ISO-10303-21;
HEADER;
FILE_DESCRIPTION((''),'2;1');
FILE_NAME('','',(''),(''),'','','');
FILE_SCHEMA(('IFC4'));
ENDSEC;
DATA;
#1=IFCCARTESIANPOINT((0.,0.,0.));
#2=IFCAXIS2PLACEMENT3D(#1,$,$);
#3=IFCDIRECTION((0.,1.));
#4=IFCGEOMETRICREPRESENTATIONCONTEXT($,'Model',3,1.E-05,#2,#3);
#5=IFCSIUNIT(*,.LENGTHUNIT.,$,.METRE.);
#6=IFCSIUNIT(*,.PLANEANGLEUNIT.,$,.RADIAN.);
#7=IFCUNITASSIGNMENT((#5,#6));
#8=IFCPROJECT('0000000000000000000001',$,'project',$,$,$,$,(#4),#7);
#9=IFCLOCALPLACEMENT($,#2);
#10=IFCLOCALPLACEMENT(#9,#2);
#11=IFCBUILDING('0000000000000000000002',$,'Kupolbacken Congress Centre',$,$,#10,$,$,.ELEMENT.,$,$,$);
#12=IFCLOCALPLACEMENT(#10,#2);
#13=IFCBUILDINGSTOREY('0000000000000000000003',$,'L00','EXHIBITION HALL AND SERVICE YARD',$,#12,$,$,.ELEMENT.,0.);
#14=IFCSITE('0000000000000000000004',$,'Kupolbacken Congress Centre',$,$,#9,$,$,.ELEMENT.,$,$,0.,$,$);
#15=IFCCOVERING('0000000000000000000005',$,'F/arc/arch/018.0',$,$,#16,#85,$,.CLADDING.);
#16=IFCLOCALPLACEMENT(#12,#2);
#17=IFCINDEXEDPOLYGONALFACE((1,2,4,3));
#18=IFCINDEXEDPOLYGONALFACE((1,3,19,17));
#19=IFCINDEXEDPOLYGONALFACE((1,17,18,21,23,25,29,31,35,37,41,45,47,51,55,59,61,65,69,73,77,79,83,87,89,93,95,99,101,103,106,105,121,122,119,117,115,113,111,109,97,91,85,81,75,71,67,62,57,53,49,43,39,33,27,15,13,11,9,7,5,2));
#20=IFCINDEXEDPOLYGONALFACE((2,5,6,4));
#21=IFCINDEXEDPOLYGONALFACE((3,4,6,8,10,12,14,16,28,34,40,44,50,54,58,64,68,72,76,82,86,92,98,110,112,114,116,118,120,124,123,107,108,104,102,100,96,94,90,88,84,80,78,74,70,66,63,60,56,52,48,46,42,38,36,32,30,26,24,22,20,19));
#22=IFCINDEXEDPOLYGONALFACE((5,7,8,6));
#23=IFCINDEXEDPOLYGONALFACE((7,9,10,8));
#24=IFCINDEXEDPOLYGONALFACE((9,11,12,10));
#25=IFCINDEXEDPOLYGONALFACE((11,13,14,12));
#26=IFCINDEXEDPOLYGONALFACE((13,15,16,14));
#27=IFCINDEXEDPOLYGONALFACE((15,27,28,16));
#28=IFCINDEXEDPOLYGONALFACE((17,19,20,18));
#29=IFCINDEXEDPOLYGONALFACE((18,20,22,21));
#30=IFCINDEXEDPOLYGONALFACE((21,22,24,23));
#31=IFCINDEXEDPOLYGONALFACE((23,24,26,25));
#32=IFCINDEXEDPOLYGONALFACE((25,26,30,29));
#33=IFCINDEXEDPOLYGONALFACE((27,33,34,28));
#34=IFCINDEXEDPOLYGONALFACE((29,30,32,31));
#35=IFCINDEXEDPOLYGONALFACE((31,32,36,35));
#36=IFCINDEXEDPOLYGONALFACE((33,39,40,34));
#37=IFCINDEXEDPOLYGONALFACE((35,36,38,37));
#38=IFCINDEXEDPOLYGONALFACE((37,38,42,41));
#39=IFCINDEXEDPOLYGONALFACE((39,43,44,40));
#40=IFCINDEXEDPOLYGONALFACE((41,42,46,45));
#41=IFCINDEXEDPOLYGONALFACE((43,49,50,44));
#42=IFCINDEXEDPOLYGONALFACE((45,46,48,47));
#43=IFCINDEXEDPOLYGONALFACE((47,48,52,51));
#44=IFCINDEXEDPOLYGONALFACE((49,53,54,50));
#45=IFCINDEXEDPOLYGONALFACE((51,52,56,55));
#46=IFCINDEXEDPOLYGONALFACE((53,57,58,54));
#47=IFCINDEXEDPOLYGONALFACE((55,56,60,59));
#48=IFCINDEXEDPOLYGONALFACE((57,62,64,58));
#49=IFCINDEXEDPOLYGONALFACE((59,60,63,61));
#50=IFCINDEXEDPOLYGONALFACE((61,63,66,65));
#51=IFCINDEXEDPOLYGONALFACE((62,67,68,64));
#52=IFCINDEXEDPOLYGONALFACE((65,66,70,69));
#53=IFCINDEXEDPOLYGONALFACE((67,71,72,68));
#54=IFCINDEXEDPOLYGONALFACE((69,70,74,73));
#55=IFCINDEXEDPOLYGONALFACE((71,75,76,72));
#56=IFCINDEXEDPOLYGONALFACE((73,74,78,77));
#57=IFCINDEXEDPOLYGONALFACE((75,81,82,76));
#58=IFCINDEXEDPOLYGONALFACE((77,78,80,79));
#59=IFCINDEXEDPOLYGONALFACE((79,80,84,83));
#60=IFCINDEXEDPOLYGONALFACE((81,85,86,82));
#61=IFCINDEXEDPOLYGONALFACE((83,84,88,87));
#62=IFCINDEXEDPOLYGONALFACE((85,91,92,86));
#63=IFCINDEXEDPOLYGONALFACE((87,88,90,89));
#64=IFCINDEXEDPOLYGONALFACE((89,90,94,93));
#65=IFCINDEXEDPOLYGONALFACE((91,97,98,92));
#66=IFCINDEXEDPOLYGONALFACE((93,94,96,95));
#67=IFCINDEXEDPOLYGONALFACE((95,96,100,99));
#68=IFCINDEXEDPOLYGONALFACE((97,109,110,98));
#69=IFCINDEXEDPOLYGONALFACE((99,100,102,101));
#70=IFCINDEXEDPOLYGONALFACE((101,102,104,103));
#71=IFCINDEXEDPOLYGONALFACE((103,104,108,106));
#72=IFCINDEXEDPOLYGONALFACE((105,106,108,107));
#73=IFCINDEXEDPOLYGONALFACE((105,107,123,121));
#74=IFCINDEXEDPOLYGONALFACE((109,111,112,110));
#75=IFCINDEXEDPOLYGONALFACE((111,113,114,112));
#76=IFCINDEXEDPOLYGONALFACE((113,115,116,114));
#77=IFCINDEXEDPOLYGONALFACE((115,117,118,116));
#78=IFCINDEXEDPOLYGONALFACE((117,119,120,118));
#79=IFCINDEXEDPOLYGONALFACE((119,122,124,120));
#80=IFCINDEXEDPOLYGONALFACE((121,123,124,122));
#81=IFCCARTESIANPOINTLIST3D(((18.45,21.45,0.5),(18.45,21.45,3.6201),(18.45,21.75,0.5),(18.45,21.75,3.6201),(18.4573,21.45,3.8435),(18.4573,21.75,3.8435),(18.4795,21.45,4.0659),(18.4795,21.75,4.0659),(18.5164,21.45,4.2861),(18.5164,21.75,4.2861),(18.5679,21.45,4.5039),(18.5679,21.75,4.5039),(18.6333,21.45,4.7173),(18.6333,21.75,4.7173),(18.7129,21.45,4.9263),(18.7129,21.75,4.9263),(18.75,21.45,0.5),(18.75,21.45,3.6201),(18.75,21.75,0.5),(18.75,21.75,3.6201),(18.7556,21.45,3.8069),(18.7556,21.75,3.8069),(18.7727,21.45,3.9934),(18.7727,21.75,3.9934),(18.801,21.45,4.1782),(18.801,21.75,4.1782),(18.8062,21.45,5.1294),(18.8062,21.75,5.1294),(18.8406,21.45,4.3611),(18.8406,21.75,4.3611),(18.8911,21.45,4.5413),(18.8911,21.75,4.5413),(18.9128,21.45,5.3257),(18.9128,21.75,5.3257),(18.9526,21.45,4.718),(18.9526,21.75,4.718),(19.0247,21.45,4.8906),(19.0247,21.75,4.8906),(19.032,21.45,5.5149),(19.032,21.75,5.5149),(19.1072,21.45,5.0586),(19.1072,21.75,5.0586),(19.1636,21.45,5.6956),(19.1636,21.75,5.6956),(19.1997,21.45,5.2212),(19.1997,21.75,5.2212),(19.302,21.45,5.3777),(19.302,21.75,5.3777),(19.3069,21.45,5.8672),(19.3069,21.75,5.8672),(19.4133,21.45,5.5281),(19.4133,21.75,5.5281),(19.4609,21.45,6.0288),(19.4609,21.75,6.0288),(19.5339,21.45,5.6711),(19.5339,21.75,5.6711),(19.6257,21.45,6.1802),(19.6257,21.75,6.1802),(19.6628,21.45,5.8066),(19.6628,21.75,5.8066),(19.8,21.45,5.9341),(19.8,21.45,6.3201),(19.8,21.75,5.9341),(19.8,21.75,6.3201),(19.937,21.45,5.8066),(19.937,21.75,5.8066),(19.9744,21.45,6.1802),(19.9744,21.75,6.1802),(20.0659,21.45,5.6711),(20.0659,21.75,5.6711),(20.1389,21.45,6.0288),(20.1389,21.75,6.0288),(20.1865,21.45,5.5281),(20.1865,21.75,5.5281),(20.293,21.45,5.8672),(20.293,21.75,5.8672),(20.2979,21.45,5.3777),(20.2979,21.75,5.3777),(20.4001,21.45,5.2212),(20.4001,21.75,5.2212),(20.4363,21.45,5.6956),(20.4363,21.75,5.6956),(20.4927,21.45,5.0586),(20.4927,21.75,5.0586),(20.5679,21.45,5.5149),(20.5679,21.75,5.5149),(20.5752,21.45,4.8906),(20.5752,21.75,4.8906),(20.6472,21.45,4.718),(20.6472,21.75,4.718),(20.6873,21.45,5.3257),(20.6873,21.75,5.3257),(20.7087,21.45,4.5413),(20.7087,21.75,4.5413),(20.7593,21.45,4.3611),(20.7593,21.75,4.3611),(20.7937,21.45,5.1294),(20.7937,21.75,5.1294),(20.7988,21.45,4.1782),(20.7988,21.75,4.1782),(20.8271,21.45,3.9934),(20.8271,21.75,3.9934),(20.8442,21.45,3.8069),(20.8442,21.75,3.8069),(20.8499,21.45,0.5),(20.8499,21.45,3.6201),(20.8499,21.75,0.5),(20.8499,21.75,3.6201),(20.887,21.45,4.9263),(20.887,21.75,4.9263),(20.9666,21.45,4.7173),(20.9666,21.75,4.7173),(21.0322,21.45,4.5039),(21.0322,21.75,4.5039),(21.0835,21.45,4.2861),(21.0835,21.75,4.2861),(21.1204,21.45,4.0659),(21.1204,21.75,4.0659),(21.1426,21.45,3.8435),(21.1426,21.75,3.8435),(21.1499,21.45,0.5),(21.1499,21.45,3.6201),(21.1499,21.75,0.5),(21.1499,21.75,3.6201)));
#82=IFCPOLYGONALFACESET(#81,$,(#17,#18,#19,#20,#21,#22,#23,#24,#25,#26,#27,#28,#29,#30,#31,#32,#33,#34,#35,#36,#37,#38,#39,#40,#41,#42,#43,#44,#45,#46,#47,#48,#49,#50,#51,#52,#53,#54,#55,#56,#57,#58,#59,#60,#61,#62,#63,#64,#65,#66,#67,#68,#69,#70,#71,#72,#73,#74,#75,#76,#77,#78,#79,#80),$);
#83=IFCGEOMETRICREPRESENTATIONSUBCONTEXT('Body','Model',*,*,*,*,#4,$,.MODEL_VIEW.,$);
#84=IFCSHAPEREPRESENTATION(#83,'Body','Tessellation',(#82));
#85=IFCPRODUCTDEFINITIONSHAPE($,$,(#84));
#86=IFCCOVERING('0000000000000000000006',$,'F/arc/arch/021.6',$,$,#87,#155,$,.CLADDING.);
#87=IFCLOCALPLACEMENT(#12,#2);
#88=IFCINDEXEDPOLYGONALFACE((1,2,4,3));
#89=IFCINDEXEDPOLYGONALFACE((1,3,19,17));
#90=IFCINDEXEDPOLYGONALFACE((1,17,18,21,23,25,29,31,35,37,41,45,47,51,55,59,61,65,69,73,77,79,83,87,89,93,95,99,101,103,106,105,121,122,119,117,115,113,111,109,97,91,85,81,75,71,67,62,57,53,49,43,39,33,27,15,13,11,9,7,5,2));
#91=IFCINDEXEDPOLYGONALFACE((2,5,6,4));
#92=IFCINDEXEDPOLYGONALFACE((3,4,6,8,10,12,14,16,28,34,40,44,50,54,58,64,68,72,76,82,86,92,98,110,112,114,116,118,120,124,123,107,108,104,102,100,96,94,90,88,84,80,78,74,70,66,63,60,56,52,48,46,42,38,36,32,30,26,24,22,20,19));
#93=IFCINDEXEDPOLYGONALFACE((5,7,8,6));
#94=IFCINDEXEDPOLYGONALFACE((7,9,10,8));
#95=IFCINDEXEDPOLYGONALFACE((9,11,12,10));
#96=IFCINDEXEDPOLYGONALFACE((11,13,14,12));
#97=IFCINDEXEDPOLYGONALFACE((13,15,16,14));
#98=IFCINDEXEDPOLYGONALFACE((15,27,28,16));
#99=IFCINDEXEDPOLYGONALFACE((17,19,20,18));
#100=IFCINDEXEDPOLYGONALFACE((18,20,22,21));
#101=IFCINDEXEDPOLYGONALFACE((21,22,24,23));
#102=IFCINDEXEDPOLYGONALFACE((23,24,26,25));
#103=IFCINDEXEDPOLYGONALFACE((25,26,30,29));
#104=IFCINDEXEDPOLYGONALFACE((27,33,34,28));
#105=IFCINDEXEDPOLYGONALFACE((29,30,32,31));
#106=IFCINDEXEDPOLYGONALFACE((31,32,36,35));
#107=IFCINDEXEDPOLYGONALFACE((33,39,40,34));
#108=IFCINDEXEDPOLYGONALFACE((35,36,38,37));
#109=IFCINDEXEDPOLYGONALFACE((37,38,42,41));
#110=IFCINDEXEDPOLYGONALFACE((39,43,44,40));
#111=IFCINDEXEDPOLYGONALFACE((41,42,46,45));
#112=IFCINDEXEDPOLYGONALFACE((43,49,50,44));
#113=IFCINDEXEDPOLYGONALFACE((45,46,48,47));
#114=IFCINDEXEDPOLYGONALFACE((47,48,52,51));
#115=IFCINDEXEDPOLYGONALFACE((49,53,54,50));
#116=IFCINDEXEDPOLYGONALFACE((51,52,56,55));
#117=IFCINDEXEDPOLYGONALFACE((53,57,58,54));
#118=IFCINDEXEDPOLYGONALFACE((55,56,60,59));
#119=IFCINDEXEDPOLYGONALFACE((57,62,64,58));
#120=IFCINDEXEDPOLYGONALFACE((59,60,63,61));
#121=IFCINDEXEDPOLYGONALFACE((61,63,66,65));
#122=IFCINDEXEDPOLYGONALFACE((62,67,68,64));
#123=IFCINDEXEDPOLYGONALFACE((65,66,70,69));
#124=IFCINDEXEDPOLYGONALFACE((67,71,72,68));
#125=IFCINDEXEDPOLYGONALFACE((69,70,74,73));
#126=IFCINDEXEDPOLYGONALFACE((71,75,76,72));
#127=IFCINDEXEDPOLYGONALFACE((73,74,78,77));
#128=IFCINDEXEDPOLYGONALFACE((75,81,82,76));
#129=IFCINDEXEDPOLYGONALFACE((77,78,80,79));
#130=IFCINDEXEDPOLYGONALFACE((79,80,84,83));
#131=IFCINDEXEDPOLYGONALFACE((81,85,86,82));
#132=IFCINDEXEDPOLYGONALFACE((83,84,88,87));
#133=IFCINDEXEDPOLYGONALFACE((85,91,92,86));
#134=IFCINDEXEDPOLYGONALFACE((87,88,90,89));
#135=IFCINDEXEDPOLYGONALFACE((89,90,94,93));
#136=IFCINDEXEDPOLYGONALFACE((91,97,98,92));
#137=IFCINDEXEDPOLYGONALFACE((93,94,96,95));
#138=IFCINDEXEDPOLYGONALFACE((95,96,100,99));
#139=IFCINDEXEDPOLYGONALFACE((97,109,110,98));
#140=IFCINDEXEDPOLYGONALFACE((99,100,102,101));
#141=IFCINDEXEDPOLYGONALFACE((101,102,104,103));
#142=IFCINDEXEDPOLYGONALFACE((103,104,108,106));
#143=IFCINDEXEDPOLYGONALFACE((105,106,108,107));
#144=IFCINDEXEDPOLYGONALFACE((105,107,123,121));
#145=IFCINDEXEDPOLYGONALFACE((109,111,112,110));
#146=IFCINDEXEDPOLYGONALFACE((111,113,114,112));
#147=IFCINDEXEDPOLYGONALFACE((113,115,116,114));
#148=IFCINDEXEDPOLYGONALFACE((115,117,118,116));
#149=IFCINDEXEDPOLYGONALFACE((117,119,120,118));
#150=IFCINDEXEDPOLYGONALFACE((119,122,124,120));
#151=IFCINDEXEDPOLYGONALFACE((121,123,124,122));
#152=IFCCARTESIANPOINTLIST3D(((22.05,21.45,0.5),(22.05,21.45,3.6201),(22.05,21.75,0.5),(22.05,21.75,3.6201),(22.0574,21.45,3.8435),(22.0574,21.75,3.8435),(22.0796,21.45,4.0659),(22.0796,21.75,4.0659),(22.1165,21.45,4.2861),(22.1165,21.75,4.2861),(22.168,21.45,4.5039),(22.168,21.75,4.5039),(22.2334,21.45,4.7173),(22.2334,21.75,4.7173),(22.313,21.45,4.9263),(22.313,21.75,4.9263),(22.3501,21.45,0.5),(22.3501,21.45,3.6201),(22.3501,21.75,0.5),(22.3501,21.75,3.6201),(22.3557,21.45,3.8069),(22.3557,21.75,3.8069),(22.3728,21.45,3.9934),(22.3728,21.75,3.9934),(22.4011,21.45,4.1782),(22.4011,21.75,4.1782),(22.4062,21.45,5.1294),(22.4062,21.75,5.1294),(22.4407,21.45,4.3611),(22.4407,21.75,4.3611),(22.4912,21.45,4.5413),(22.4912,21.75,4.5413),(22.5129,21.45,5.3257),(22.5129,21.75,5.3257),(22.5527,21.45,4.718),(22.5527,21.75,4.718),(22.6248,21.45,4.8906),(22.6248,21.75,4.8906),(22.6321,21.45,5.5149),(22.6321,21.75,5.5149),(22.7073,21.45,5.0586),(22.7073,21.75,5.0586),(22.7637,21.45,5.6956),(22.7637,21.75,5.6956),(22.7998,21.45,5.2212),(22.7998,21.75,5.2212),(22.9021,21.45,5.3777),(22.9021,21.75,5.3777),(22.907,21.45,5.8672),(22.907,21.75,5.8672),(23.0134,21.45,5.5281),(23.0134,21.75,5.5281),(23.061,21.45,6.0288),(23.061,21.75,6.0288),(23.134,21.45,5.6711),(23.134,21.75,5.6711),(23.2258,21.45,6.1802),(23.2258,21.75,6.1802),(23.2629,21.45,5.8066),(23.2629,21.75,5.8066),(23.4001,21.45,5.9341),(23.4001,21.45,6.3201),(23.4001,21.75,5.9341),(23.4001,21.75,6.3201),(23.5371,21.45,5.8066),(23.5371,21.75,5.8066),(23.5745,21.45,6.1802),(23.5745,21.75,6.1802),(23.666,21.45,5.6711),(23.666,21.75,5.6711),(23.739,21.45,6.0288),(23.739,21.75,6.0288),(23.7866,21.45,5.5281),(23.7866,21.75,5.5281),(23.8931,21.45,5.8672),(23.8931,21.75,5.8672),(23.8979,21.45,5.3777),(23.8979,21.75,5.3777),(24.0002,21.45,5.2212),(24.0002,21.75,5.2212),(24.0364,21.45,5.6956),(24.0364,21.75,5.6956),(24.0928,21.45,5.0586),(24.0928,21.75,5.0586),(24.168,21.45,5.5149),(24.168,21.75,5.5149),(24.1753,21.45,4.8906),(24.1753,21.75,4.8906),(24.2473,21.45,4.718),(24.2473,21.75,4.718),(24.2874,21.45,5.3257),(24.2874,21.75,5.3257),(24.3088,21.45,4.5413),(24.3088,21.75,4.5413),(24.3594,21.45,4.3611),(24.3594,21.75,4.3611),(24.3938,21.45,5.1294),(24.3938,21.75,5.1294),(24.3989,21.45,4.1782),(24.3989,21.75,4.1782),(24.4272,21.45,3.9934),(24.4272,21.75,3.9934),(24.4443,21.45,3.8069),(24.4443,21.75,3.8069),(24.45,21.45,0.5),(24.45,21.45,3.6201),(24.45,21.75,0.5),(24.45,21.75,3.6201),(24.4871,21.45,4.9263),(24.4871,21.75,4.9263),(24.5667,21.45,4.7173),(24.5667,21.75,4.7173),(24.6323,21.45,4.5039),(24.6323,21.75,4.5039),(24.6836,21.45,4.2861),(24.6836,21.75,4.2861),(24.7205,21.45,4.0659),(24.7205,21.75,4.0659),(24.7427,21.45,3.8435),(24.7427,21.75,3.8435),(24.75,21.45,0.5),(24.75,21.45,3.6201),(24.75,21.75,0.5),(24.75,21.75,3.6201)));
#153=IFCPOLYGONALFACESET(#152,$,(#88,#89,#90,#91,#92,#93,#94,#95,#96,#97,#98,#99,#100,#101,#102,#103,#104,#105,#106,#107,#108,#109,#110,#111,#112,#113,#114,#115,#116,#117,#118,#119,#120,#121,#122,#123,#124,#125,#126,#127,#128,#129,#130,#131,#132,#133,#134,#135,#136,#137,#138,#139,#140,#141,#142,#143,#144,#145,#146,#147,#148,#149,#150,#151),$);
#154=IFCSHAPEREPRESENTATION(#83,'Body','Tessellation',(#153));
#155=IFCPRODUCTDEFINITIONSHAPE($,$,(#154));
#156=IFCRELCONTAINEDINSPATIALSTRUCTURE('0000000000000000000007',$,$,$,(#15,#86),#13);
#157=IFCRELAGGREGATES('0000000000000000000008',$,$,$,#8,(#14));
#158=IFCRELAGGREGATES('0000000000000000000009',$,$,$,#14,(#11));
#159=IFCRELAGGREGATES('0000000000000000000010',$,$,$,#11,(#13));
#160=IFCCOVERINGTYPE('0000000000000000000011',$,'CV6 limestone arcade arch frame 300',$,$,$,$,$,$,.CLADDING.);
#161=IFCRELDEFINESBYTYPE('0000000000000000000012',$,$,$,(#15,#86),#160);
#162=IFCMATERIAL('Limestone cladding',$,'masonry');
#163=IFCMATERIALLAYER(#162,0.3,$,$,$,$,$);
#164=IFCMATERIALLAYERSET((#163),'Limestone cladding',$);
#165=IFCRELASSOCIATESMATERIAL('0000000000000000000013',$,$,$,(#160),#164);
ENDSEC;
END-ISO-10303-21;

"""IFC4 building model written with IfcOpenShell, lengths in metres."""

from ifc_helpers import new_model, si_unit, direction, frame, origin, place, context, subcontext, project, spatial, polyline, outline, extrude, material, layer, layer_set, type_object, element, save


model = new_model("IFC4")

# Units and contexts
model_context = context("Model", 3, precision=1e-05, world=origin(), true_north=direction((0.0, 1.0)))
body_context = subcontext(model_context, "Body", "Model", "MODEL_VIEW")
ifc_project = project(units=[si_unit("LENGTHUNIT", "METRE"), si_unit("PLANEANGLEUNIT", "RADIAN")], contexts=[model_context])

# Site, building, storey
site_placement = place(None, origin())
site = spatial("IfcSite", under=ifc_project, at=site_placement, Name="Kupolbacken Congress Centre", CompositionType="ELEMENT", RefElevation=0.0)
building_placement = place(site_placement, origin())
building = spatial("IfcBuilding", under=site, at=building_placement, Name="Kupolbacken Congress Centre", CompositionType="ELEMENT")
storey_placement = place(building_placement, origin())
storey = spatial("IfcBuildingStorey", under=building, at=storey_placement, Name="L00", Description="EXHIBITION HALL AND SERVICE YARD", CompositionType="ELEMENT", Elevation=0.0)

# Coverings
ifc_material_1 = material(Name="Limestone cladding", Category="masonry")
ifc_layer_1 = layer(ifc_material_1, 0.3)
ifc_layer_set_1 = layer_set([ifc_layer_1], Name="Limestone cladding")
covering_type_1 = type_object("IfcCoveringType", Name="CV6 limestone arcade arch frame 300", PredefinedType="CLADDING", material=ifc_layer_set_1)
covering_1_placement = place(storey_placement, frame((18.45, 21.45, 0.5), z_axis=(0.0, 1.0, 0.0), x_axis=(-1.0, 0.0, 0.0)))
element("IfcCovering", 1, at=covering_1_placement, inside=storey, type_object=covering_type_1, Name="F/arc/arch/018.0", PredefinedType="CLADDING", context=body_context, shape_type="SweptSolid", body=[
    extrude(outline(polyline([(0.0, 0.0), (0.0, 3.1201), (-0.0073, 3.3435), (-0.0295, 3.5659), (-0.0664, 3.7861), (-0.1179, 4.0039), (-0.1833, 4.2173), (-0.2629, 4.4263), (-0.3562, 4.6294), (-0.4629, 4.8257), (-0.582, 5.0149), (-0.7136, 5.1956), (-0.8569, 5.3672), (-1.011, 5.5288), (-1.1758, 5.6802), (-1.3501, 5.8201), (-1.5244, 5.6802), (-1.689, 5.5288), (-1.843, 5.3672), (-1.9863, 5.1956), (-2.1179, 5.0149), (-2.2373, 4.8257), (-2.3438, 4.6294), (-2.437, 4.4263), (-2.5166, 4.2173), (-2.5823, 4.0039), (-2.6335, 3.7861), (-2.6704, 3.5659), (-2.6926, 3.3435), (-2.7, 3.1201), (-2.7, 0.0), (-2.3999, 0.0), (-2.3999, 3.1201), (-2.3943, 3.3069), (-2.3772, 3.4934), (-2.3489, 3.6782), (-2.3093, 3.8611), (-2.2588, 4.0413), (-2.1973, 4.218), (-2.1252, 4.3906), (-2.0427, 4.5586), (-1.9502, 4.7212), (-1.8479, 4.8777), (-1.7366, 5.0281), (-1.616, 5.1711), (-1.4871, 5.3066), (-1.3501, 5.4341), (-1.2129, 5.3066), (-1.084, 5.1711), (-0.9634, 5.0281), (-0.8521, 4.8777), (-0.7498, 4.7212), (-0.6572, 4.5586), (-0.5747, 4.3906), (-0.5027, 4.218), (-0.4412, 4.0413), (-0.3906, 3.8611), (-0.3511, 3.6782), (-0.3228, 3.4934), (-0.3057, 3.3069), (-0.3, 3.1201), (-0.3, 0.0), (0.0, 0.0)])), origin(), (0.0, 0.0, 1.0), 0.3),
])
covering_2_placement = place(storey_placement, frame((22.05, 21.45, 0.5), z_axis=(0.0, 1.0, 0.0), x_axis=(-1.0, 0.0, 0.0)))
element("IfcCovering", 2, at=covering_2_placement, inside=storey, type_object=covering_type_1, Name="F/arc/arch/021.6", PredefinedType="CLADDING", context=body_context, shape_type="SweptSolid", body=[
    extrude(outline(polyline([(0.0, 0.0), (0.0, 3.1201), (-0.0073, 3.3435), (-0.0295, 3.5659), (-0.0664, 3.7861), (-0.1179, 4.0039), (-0.1833, 4.2173), (-0.2629, 4.4263), (-0.3562, 4.6294), (-0.4629, 4.8257), (-0.582, 5.0149), (-0.7136, 5.1956), (-0.8569, 5.3672), (-1.011, 5.5288), (-1.1758, 5.6802), (-1.3501, 5.8201), (-1.5244, 5.6802), (-1.689, 5.5288), (-1.843, 5.3672), (-1.9863, 5.1956), (-2.1179, 5.0149), (-2.2373, 4.8257), (-2.3438, 4.6294), (-2.437, 4.4263), (-2.5166, 4.2173), (-2.5823, 4.0039), (-2.6335, 3.7861), (-2.6704, 3.5659), (-2.6926, 3.3435), (-2.7, 3.1201), (-2.7, 0.0), (-2.3999, 0.0), (-2.3999, 3.1201), (-2.3943, 3.3069), (-2.3772, 3.4934), (-2.3489, 3.6782), (-2.3093, 3.8611), (-2.2588, 4.0413), (-2.1973, 4.218), (-2.1252, 4.3906), (-2.0427, 4.5586), (-1.9502, 4.7212), (-1.8479, 4.8777), (-1.7366, 5.0281), (-1.616, 5.1711), (-1.4871, 5.3066), (-1.3501, 5.4341), (-1.2129, 5.3066), (-1.084, 5.1711), (-0.9634, 5.0281), (-0.8521, 4.8777), (-0.7498, 4.7212), (-0.6572, 4.5586), (-0.5747, 4.3906), (-0.5027, 4.218), (-0.4412, 4.0413), (-0.3906, 3.8611), (-0.3511, 3.6782), (-0.3228, 3.4934), (-0.3057, 3.3069), (-0.3, 3.1201), (-0.3, 0.0), (0.0, 0.0)])), origin(), (0.0, 0.0, 1.0), 0.3),
])

save(model, "model.ifc")
